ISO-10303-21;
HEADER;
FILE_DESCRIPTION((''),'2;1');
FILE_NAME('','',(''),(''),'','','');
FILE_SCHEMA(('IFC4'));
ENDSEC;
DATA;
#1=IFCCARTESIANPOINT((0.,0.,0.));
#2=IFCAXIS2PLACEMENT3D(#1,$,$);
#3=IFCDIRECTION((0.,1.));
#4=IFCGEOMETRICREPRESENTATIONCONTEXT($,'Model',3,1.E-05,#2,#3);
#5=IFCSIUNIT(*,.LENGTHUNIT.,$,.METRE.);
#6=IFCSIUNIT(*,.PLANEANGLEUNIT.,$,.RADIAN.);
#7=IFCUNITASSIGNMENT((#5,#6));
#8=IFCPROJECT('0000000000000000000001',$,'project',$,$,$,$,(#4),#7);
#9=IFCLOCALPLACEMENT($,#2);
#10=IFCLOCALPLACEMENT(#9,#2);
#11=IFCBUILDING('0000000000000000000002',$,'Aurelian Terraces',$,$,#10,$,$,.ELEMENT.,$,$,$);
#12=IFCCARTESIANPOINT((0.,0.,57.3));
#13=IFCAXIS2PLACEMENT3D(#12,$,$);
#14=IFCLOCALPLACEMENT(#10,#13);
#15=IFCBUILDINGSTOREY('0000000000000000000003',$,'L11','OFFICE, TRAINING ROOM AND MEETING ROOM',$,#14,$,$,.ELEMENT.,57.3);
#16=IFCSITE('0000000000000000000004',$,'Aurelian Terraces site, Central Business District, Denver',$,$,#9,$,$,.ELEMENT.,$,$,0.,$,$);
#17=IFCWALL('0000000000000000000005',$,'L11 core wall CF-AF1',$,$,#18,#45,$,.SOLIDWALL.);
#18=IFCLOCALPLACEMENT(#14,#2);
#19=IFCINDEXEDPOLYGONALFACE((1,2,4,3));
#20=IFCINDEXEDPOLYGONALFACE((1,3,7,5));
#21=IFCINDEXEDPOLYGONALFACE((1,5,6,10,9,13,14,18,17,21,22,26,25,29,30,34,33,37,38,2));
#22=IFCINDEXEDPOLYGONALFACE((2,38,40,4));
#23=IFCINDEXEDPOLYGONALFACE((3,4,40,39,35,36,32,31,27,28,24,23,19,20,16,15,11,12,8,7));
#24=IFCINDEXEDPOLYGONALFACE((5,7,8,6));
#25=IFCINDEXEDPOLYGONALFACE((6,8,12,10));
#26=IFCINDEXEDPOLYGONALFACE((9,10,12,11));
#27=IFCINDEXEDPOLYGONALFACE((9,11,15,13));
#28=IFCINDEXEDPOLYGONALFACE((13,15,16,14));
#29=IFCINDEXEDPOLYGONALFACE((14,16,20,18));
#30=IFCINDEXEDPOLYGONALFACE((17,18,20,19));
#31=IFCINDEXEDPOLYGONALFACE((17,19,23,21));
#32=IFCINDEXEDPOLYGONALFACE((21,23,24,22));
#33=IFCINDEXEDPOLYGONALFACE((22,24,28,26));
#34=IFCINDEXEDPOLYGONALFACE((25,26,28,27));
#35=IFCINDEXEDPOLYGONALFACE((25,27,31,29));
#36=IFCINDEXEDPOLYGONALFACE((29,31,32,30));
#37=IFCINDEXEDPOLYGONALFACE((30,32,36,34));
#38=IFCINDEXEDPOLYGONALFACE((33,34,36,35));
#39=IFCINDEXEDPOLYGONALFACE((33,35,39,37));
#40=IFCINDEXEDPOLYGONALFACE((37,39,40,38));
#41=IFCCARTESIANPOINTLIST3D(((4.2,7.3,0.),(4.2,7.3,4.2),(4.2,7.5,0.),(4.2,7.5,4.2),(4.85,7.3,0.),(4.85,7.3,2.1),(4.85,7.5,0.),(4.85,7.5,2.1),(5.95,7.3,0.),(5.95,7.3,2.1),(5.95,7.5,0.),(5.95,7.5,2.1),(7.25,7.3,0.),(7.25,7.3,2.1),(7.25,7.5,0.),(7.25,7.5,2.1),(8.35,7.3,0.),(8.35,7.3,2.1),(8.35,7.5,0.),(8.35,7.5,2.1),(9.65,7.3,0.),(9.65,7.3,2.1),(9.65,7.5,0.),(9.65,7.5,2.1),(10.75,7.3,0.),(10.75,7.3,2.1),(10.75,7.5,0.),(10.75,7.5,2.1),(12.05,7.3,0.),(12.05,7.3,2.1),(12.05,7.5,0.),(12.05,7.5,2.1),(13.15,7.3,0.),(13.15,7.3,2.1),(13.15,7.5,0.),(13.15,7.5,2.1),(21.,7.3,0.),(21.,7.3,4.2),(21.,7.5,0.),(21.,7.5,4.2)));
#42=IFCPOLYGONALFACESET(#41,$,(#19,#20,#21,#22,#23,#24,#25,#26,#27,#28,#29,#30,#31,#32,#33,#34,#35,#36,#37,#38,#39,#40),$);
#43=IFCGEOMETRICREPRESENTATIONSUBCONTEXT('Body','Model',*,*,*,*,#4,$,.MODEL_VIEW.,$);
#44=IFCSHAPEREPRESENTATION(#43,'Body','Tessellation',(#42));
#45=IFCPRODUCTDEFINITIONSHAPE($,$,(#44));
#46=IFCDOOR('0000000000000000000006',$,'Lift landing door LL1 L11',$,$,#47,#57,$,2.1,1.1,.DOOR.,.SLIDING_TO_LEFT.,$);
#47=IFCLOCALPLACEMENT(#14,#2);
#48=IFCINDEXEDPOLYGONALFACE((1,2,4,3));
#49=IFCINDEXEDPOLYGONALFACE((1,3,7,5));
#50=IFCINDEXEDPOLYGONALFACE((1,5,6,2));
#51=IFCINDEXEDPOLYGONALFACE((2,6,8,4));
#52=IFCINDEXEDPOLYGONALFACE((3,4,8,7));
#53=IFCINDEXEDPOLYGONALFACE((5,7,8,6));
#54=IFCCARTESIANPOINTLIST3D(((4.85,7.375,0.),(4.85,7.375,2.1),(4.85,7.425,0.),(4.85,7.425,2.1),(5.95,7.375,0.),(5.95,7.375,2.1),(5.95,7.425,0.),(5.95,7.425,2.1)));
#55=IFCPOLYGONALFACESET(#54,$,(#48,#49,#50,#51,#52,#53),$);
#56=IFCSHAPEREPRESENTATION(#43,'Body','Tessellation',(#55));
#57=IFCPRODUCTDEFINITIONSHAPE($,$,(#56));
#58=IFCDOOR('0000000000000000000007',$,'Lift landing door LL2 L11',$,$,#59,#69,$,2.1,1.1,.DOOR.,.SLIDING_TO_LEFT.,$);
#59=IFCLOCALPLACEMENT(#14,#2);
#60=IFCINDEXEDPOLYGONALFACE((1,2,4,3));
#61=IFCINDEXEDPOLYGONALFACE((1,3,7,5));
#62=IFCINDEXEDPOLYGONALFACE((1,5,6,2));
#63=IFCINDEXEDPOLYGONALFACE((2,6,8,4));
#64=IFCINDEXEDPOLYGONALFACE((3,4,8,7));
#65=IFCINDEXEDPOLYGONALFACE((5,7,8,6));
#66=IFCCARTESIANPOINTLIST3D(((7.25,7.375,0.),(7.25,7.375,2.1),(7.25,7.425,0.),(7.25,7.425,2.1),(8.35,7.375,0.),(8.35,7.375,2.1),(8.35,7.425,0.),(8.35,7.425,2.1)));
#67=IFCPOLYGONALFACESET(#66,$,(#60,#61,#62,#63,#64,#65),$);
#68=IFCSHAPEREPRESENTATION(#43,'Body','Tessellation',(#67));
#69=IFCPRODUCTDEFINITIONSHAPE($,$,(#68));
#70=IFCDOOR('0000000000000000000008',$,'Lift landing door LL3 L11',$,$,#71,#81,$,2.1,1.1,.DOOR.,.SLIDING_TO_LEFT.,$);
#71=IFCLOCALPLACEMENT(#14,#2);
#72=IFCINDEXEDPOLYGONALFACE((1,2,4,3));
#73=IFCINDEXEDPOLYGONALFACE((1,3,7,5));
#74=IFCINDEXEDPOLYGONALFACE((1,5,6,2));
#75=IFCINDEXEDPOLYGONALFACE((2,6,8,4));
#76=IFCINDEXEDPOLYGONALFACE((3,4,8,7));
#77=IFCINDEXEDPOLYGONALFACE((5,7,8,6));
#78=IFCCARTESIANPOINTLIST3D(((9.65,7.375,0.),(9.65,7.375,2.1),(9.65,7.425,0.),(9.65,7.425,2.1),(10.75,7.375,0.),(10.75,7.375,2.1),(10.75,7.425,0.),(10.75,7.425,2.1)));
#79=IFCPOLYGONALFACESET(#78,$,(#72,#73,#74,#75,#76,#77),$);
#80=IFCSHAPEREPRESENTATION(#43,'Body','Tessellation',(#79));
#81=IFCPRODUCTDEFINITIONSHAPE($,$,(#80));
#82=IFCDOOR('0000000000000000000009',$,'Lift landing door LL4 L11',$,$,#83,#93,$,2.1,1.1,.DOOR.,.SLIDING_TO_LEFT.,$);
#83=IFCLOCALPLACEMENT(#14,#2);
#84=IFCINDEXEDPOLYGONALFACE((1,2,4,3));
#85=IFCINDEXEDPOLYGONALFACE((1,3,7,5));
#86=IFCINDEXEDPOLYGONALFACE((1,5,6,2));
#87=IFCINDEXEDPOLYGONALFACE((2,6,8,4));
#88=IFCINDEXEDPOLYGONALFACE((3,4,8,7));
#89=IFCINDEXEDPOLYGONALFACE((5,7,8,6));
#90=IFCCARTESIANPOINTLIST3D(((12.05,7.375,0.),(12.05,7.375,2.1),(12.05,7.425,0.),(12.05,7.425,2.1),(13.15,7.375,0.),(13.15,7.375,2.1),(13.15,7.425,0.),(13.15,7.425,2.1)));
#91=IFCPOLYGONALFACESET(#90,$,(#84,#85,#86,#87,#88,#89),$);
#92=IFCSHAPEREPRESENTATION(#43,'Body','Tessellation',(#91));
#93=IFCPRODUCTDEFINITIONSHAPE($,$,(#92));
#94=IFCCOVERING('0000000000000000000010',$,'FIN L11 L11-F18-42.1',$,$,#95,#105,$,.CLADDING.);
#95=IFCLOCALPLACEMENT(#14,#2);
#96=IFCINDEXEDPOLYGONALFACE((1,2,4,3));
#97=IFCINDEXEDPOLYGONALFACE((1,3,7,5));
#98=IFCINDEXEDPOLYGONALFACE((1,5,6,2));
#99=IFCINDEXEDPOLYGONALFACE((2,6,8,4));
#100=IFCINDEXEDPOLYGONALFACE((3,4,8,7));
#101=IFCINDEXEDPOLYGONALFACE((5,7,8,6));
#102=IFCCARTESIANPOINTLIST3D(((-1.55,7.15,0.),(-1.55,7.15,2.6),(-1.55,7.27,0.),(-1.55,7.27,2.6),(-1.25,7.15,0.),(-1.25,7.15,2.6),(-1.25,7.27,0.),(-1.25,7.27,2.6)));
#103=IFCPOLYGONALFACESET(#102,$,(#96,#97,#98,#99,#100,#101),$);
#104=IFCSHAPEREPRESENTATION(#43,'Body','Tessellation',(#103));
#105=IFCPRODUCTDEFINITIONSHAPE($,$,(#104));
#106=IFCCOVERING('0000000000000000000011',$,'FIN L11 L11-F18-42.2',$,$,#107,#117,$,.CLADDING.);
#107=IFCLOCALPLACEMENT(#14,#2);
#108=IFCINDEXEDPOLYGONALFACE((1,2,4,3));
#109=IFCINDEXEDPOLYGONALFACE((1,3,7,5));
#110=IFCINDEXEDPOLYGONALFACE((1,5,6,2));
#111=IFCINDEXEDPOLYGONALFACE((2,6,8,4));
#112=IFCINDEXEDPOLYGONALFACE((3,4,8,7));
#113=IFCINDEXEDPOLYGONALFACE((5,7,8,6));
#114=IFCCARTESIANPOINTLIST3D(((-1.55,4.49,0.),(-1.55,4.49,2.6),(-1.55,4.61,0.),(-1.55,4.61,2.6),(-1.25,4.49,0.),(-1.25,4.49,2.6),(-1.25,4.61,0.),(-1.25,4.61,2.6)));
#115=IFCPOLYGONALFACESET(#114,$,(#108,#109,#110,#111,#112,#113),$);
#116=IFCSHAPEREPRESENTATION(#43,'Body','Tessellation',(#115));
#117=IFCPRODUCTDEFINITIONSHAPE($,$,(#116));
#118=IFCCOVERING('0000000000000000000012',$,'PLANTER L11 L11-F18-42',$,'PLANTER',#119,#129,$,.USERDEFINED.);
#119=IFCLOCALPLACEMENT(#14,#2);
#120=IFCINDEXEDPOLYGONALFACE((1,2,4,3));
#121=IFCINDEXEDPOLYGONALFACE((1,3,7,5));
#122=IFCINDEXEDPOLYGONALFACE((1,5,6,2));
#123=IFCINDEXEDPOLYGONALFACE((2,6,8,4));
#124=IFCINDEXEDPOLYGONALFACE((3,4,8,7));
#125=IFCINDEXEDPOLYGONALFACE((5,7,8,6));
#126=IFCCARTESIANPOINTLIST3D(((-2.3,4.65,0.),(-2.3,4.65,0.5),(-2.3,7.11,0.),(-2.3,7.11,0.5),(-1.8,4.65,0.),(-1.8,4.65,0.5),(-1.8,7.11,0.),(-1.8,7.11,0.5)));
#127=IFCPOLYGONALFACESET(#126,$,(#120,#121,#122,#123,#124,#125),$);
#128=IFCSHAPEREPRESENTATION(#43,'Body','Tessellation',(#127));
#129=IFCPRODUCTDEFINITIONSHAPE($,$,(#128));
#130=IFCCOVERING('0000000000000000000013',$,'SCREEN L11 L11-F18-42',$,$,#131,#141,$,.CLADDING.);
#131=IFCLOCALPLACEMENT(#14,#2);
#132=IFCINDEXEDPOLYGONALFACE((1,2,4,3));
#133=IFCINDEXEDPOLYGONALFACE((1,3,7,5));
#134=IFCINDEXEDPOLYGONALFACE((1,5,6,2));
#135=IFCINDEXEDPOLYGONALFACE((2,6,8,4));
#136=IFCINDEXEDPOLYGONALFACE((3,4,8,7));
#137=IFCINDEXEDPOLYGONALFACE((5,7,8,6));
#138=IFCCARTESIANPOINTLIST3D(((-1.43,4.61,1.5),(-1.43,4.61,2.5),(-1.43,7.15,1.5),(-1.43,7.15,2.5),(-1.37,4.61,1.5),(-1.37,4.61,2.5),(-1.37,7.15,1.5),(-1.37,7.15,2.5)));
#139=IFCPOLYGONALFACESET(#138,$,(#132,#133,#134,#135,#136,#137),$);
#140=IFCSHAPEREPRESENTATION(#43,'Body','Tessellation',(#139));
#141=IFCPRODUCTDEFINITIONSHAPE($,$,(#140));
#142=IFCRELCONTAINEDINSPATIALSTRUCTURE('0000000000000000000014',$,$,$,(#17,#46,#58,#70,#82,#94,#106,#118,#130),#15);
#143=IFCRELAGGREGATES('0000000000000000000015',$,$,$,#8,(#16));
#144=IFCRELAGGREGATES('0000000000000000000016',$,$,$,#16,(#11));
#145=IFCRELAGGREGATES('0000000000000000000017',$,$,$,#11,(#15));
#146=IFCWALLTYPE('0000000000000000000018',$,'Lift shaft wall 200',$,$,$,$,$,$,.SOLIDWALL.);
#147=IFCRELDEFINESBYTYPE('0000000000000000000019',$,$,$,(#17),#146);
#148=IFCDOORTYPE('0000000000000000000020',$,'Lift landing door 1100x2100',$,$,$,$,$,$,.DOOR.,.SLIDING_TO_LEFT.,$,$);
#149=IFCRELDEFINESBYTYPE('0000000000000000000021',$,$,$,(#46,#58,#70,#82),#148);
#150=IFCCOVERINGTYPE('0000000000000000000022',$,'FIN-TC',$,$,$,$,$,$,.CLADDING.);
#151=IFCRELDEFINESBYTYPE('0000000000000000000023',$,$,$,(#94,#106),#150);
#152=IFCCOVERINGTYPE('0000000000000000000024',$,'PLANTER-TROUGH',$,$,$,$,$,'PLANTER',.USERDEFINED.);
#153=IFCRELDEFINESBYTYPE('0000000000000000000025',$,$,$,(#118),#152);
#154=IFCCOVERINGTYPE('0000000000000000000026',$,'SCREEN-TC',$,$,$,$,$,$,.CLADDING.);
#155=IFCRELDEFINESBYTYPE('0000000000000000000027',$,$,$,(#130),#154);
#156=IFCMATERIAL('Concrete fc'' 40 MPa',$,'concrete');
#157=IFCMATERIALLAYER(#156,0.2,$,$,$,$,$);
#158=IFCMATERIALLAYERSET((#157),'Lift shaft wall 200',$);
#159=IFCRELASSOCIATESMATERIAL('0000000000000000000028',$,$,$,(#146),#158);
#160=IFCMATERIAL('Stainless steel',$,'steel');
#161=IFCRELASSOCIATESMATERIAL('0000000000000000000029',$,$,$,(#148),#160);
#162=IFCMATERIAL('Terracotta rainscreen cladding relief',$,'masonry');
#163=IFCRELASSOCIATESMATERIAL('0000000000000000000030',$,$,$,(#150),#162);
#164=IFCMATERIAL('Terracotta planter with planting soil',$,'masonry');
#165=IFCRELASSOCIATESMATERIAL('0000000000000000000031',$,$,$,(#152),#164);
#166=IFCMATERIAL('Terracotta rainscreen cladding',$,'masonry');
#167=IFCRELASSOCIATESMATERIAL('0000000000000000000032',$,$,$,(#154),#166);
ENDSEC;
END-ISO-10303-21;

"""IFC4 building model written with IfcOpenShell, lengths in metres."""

from ifc_helpers import new_model, si_unit, direction, frame, frame_2d, origin, origin_2d, place, context, subcontext, project, spatial, rectangle, extrude, source, transform, mapped, material, layer, layer_set, type_object, element, fill, save


model = new_model("IFC4")

# Units and contexts
model_context = context("Model", 3, precision=1e-05, world=origin(), true_north=direction((0.0, 1.0)))
body_context = subcontext(model_context, "Body", "Model", "MODEL_VIEW")
ifc_project = project(units=[si_unit("LENGTHUNIT", "METRE"), si_unit("PLANEANGLEUNIT", "RADIAN")], contexts=[model_context])

# Site, building, storey
site_placement = place(None, origin())
site = spatial("IfcSite", under=ifc_project, at=site_placement, Name="Aurelian Terraces site, Central Business District, Denver", CompositionType="ELEMENT", RefElevation=0.0)
building_placement = place(site_placement, origin())
building = spatial("IfcBuilding", under=site, at=building_placement, Name="Aurelian Terraces", CompositionType="ELEMENT")
storey_placement = place(building_placement, frame((0.0, 0.0, 57.3)))
storey = spatial("IfcBuildingStorey", under=building, at=storey_placement, Name="L11", Description="OFFICE, TRAINING ROOM AND MEETING ROOM", CompositionType="ELEMENT", Elevation=57.3)

# Shared definitions
ifc_material_1 = material(Name="Terracotta rainscreen cladding", Category="masonry")

# Wall, openings, doors
ifc_material_2 = material(Name="Concrete fc' 40 MPa", Category="concrete")
ifc_layer_1 = layer(ifc_material_2, 0.2)
ifc_layer_set_1 = layer_set([ifc_layer_1], Name="Lift shaft wall 200")
wall_type_1 = type_object("IfcWallType", Name="Lift shaft wall 200", PredefinedType="SOLIDWALL", material=ifc_layer_set_1)
shared_shape_1 = source(origin(), body_context, "Body", "SweptSolid", [
    extrude(rectangle(XDim=16.8, YDim=0.2, at=frame_2d((8.4, 0.0))), origin(), (0.0, 0.0, 1.0), 4.2),
])
wall_1_placement = place(storey_placement, frame((4.2, 7.4, 0.0), z_axis=(0.0, 0.0, 1.0), x_axis=(1.0, 0.0, 0.0)))
wall_1 = element("IfcWall", 1, at=wall_1_placement, inside=storey, type_object=wall_type_1, Name="L11 core wall CF-AF1", PredefinedType="SOLIDWALL", context=body_context, shape_type="MappedRepresentation", body=[
    mapped(shared_shape_1, transform((0.0, 0.0, 0.0), scale=1.0)),
])
shared_shape_2 = source(origin(), body_context, "Body", "SweptSolid", [
    extrude(rectangle(XDim=1.1, YDim=2.1, at=frame_2d((0.55, 1.05))), frame((0.0, 0.11, 0.0), z_axis=(0.0, -1.0, 0.0), x_axis=(1.0, 0.0, 0.0)), (0.0, 0.0, 1.0), 0.22),
])
opening_1_placement = place(wall_1_placement, frame((0.65, 0.0, 0.0)))
opening_1 = element("IfcOpeningElement", 2, at=opening_1_placement, cuts=wall_1, PredefinedType="OPENING", context=body_context, shape_type="MappedRepresentation", body=[
    mapped(shared_shape_2, transform((0.0, 0.0, 0.0), scale=1.0)),
])
opening_2_placement = place(wall_1_placement, frame((3.05, 0.0, 0.0)))
opening_2 = element("IfcOpeningElement", 3, at=opening_2_placement, cuts=wall_1, PredefinedType="OPENING", context=body_context, shape_type="MappedRepresentation", body=[
    mapped(shared_shape_2, transform((0.0, 0.0, 0.0), scale=1.0)),
])
opening_3_placement = place(wall_1_placement, frame((5.45, 0.0, 0.0)))
opening_3 = element("IfcOpeningElement", 4, at=opening_3_placement, cuts=wall_1, PredefinedType="OPENING", context=body_context, shape_type="MappedRepresentation", body=[
    mapped(shared_shape_2, transform((0.0, 0.0, 0.0), scale=1.0)),
])
opening_4_placement = place(wall_1_placement, frame((7.85, 0.0, 0.0)))
opening_4 = element("IfcOpeningElement", 5, at=opening_4_placement, cuts=wall_1, PredefinedType="OPENING", context=body_context, shape_type="MappedRepresentation", body=[
    mapped(shared_shape_2, transform((0.0, 0.0, 0.0), scale=1.0)),
])
ifc_material_3 = material(Name="Stainless steel", Category="steel")
door_type_1 = type_object("IfcDoorType", Name="Lift landing door 1100x2100", OperationType="SLIDING_TO_LEFT", PredefinedType="DOOR", material=ifc_material_3)
shared_shape_3 = source(origin(), body_context, "Body", "SweptSolid", [
    extrude(rectangle(XDim=1.1, YDim=2.1, at=frame_2d((0.55, 1.05))), frame((0.0, 0.025, 0.0), z_axis=(0.0, -1.0, 0.0), x_axis=(1.0, 0.0, 0.0)), (0.0, 0.0, 1.0), 0.05),
])
door_1_placement = place(opening_1_placement, origin())
door_1 = element("IfcDoor", 6, at=door_1_placement, inside=storey, type_object=door_type_1, Name="Lift landing door LL1 L11", OperationType="SLIDING_TO_LEFT", OverallHeight=2.1, OverallWidth=1.1, PredefinedType="DOOR", context=body_context, shape_type="MappedRepresentation", body=[
    mapped(shared_shape_3, transform((0.0, 0.0, 0.0), scale=1.0)),
])
fill(opening_1, door_1)
door_2_placement = place(opening_2_placement, origin())
door_2 = element("IfcDoor", 7, at=door_2_placement, inside=storey, type_object=door_type_1, Name="Lift landing door LL2 L11", OperationType="SLIDING_TO_LEFT", OverallHeight=2.1, OverallWidth=1.1, PredefinedType="DOOR", context=body_context, shape_type="MappedRepresentation", body=[
    mapped(shared_shape_3, transform((0.0, 0.0, 0.0), scale=1.0)),
])
fill(opening_2, door_2)
door_3_placement = place(opening_3_placement, origin())
door_3 = element("IfcDoor", 8, at=door_3_placement, inside=storey, type_object=door_type_1, Name="Lift landing door LL3 L11", OperationType="SLIDING_TO_LEFT", OverallHeight=2.1, OverallWidth=1.1, PredefinedType="DOOR", context=body_context, shape_type="MappedRepresentation", body=[
    mapped(shared_shape_3, transform((0.0, 0.0, 0.0), scale=1.0)),
])
fill(opening_3, door_3)
door_4_placement = place(opening_4_placement, origin())
door_4 = element("IfcDoor", 9, at=door_4_placement, inside=storey, type_object=door_type_1, Name="Lift landing door LL4 L11", OperationType="SLIDING_TO_LEFT", OverallHeight=2.1, OverallWidth=1.1, PredefinedType="DOOR", context=body_context, shape_type="MappedRepresentation", body=[
    mapped(shared_shape_3, transform((0.0, 0.0, 0.0), scale=1.0)),
])
fill(opening_4, door_4)

# Coverings
ifc_material_4 = material(Name="Terracotta rainscreen cladding relief", Category="masonry")
covering_type_1 = type_object("IfcCoveringType", Name="FIN-TC", PredefinedType="CLADDING", material=ifc_material_4)
shared_shape_4 = source(origin(), body_context, "Body", "SweptSolid", [
    extrude(rectangle(XDim=0.3, YDim=0.12, at=origin_2d()), origin(), (0.0, 0.0, 1.0), 2.6),
])
for number, where, z_axis, x_axis, name in (
    (10, (-1.4, 7.21, 0.0), (0.0, 0.0, 1.0), (1.0, 0.0, 0.0), "FIN L11 L11-F18-42.1"),
    (11, (-1.4, 4.55, 0.0), (0.0, 0.0, 1.0), (1.0, 0.0, 0.0), "FIN L11 L11-F18-42.2"),
):
    element("IfcCovering", number, at=place(storey_placement, frame(where, z_axis=z_axis, x_axis=x_axis)), inside=storey, type_object=covering_type_1, Name=name, PredefinedType="CLADDING", context=body_context, shape_type="MappedRepresentation", body=[
        mapped(shared_shape_4, transform((0.0, 0.0, 0.0), scale=1.0)),
    ])

# Coverings
ifc_material_5 = material(Name="Terracotta planter with planting soil", Category="masonry")
covering_type_2 = type_object("IfcCoveringType", Name="PLANTER-TROUGH", ElementType="PLANTER", PredefinedType="USERDEFINED", material=ifc_material_5)
shared_shape_5 = source(origin(), body_context, "Body", "SweptSolid", [
    extrude(rectangle(XDim=0.5, YDim=2.46, at=origin_2d()), origin(), (0.0, 0.0, 1.0), 0.5),
])
covering_1_placement = place(storey_placement, frame((-2.05, 5.88, 0.0), z_axis=(0.0, 0.0, 1.0), x_axis=(1.0, 0.0, 0.0)))
element("IfcCovering", 12, at=covering_1_placement, inside=storey, type_object=covering_type_2, Name="PLANTER L11 L11-F18-42", ObjectType="PLANTER", PredefinedType="USERDEFINED", context=body_context, shape_type="MappedRepresentation", body=[
    mapped(shared_shape_5, transform((0.0, 0.0, 0.0), scale=1.0)),
])
covering_type_3 = type_object("IfcCoveringType", Name="SCREEN-TC", PredefinedType="CLADDING", material=ifc_material_1)
shared_shape_6 = source(origin(), body_context, "Body", "SweptSolid", [
    extrude(rectangle(XDim=0.06, YDim=2.54, at=origin_2d()), origin(), (0.0, 0.0, 1.0), 1.0),
])
covering_2_placement = place(storey_placement, frame((-1.4, 5.88, 1.5), z_axis=(0.0, 0.0, 1.0), x_axis=(1.0, 0.0, 0.0)))
element("IfcCovering", 13, at=covering_2_placement, inside=storey, type_object=covering_type_3, Name="SCREEN L11 L11-F18-42", PredefinedType="CLADDING", context=body_context, shape_type="MappedRepresentation", body=[
    mapped(shared_shape_6, transform((0.0, 0.0, 0.0), scale=1.0)),
])

save(model, "model.ifc")
